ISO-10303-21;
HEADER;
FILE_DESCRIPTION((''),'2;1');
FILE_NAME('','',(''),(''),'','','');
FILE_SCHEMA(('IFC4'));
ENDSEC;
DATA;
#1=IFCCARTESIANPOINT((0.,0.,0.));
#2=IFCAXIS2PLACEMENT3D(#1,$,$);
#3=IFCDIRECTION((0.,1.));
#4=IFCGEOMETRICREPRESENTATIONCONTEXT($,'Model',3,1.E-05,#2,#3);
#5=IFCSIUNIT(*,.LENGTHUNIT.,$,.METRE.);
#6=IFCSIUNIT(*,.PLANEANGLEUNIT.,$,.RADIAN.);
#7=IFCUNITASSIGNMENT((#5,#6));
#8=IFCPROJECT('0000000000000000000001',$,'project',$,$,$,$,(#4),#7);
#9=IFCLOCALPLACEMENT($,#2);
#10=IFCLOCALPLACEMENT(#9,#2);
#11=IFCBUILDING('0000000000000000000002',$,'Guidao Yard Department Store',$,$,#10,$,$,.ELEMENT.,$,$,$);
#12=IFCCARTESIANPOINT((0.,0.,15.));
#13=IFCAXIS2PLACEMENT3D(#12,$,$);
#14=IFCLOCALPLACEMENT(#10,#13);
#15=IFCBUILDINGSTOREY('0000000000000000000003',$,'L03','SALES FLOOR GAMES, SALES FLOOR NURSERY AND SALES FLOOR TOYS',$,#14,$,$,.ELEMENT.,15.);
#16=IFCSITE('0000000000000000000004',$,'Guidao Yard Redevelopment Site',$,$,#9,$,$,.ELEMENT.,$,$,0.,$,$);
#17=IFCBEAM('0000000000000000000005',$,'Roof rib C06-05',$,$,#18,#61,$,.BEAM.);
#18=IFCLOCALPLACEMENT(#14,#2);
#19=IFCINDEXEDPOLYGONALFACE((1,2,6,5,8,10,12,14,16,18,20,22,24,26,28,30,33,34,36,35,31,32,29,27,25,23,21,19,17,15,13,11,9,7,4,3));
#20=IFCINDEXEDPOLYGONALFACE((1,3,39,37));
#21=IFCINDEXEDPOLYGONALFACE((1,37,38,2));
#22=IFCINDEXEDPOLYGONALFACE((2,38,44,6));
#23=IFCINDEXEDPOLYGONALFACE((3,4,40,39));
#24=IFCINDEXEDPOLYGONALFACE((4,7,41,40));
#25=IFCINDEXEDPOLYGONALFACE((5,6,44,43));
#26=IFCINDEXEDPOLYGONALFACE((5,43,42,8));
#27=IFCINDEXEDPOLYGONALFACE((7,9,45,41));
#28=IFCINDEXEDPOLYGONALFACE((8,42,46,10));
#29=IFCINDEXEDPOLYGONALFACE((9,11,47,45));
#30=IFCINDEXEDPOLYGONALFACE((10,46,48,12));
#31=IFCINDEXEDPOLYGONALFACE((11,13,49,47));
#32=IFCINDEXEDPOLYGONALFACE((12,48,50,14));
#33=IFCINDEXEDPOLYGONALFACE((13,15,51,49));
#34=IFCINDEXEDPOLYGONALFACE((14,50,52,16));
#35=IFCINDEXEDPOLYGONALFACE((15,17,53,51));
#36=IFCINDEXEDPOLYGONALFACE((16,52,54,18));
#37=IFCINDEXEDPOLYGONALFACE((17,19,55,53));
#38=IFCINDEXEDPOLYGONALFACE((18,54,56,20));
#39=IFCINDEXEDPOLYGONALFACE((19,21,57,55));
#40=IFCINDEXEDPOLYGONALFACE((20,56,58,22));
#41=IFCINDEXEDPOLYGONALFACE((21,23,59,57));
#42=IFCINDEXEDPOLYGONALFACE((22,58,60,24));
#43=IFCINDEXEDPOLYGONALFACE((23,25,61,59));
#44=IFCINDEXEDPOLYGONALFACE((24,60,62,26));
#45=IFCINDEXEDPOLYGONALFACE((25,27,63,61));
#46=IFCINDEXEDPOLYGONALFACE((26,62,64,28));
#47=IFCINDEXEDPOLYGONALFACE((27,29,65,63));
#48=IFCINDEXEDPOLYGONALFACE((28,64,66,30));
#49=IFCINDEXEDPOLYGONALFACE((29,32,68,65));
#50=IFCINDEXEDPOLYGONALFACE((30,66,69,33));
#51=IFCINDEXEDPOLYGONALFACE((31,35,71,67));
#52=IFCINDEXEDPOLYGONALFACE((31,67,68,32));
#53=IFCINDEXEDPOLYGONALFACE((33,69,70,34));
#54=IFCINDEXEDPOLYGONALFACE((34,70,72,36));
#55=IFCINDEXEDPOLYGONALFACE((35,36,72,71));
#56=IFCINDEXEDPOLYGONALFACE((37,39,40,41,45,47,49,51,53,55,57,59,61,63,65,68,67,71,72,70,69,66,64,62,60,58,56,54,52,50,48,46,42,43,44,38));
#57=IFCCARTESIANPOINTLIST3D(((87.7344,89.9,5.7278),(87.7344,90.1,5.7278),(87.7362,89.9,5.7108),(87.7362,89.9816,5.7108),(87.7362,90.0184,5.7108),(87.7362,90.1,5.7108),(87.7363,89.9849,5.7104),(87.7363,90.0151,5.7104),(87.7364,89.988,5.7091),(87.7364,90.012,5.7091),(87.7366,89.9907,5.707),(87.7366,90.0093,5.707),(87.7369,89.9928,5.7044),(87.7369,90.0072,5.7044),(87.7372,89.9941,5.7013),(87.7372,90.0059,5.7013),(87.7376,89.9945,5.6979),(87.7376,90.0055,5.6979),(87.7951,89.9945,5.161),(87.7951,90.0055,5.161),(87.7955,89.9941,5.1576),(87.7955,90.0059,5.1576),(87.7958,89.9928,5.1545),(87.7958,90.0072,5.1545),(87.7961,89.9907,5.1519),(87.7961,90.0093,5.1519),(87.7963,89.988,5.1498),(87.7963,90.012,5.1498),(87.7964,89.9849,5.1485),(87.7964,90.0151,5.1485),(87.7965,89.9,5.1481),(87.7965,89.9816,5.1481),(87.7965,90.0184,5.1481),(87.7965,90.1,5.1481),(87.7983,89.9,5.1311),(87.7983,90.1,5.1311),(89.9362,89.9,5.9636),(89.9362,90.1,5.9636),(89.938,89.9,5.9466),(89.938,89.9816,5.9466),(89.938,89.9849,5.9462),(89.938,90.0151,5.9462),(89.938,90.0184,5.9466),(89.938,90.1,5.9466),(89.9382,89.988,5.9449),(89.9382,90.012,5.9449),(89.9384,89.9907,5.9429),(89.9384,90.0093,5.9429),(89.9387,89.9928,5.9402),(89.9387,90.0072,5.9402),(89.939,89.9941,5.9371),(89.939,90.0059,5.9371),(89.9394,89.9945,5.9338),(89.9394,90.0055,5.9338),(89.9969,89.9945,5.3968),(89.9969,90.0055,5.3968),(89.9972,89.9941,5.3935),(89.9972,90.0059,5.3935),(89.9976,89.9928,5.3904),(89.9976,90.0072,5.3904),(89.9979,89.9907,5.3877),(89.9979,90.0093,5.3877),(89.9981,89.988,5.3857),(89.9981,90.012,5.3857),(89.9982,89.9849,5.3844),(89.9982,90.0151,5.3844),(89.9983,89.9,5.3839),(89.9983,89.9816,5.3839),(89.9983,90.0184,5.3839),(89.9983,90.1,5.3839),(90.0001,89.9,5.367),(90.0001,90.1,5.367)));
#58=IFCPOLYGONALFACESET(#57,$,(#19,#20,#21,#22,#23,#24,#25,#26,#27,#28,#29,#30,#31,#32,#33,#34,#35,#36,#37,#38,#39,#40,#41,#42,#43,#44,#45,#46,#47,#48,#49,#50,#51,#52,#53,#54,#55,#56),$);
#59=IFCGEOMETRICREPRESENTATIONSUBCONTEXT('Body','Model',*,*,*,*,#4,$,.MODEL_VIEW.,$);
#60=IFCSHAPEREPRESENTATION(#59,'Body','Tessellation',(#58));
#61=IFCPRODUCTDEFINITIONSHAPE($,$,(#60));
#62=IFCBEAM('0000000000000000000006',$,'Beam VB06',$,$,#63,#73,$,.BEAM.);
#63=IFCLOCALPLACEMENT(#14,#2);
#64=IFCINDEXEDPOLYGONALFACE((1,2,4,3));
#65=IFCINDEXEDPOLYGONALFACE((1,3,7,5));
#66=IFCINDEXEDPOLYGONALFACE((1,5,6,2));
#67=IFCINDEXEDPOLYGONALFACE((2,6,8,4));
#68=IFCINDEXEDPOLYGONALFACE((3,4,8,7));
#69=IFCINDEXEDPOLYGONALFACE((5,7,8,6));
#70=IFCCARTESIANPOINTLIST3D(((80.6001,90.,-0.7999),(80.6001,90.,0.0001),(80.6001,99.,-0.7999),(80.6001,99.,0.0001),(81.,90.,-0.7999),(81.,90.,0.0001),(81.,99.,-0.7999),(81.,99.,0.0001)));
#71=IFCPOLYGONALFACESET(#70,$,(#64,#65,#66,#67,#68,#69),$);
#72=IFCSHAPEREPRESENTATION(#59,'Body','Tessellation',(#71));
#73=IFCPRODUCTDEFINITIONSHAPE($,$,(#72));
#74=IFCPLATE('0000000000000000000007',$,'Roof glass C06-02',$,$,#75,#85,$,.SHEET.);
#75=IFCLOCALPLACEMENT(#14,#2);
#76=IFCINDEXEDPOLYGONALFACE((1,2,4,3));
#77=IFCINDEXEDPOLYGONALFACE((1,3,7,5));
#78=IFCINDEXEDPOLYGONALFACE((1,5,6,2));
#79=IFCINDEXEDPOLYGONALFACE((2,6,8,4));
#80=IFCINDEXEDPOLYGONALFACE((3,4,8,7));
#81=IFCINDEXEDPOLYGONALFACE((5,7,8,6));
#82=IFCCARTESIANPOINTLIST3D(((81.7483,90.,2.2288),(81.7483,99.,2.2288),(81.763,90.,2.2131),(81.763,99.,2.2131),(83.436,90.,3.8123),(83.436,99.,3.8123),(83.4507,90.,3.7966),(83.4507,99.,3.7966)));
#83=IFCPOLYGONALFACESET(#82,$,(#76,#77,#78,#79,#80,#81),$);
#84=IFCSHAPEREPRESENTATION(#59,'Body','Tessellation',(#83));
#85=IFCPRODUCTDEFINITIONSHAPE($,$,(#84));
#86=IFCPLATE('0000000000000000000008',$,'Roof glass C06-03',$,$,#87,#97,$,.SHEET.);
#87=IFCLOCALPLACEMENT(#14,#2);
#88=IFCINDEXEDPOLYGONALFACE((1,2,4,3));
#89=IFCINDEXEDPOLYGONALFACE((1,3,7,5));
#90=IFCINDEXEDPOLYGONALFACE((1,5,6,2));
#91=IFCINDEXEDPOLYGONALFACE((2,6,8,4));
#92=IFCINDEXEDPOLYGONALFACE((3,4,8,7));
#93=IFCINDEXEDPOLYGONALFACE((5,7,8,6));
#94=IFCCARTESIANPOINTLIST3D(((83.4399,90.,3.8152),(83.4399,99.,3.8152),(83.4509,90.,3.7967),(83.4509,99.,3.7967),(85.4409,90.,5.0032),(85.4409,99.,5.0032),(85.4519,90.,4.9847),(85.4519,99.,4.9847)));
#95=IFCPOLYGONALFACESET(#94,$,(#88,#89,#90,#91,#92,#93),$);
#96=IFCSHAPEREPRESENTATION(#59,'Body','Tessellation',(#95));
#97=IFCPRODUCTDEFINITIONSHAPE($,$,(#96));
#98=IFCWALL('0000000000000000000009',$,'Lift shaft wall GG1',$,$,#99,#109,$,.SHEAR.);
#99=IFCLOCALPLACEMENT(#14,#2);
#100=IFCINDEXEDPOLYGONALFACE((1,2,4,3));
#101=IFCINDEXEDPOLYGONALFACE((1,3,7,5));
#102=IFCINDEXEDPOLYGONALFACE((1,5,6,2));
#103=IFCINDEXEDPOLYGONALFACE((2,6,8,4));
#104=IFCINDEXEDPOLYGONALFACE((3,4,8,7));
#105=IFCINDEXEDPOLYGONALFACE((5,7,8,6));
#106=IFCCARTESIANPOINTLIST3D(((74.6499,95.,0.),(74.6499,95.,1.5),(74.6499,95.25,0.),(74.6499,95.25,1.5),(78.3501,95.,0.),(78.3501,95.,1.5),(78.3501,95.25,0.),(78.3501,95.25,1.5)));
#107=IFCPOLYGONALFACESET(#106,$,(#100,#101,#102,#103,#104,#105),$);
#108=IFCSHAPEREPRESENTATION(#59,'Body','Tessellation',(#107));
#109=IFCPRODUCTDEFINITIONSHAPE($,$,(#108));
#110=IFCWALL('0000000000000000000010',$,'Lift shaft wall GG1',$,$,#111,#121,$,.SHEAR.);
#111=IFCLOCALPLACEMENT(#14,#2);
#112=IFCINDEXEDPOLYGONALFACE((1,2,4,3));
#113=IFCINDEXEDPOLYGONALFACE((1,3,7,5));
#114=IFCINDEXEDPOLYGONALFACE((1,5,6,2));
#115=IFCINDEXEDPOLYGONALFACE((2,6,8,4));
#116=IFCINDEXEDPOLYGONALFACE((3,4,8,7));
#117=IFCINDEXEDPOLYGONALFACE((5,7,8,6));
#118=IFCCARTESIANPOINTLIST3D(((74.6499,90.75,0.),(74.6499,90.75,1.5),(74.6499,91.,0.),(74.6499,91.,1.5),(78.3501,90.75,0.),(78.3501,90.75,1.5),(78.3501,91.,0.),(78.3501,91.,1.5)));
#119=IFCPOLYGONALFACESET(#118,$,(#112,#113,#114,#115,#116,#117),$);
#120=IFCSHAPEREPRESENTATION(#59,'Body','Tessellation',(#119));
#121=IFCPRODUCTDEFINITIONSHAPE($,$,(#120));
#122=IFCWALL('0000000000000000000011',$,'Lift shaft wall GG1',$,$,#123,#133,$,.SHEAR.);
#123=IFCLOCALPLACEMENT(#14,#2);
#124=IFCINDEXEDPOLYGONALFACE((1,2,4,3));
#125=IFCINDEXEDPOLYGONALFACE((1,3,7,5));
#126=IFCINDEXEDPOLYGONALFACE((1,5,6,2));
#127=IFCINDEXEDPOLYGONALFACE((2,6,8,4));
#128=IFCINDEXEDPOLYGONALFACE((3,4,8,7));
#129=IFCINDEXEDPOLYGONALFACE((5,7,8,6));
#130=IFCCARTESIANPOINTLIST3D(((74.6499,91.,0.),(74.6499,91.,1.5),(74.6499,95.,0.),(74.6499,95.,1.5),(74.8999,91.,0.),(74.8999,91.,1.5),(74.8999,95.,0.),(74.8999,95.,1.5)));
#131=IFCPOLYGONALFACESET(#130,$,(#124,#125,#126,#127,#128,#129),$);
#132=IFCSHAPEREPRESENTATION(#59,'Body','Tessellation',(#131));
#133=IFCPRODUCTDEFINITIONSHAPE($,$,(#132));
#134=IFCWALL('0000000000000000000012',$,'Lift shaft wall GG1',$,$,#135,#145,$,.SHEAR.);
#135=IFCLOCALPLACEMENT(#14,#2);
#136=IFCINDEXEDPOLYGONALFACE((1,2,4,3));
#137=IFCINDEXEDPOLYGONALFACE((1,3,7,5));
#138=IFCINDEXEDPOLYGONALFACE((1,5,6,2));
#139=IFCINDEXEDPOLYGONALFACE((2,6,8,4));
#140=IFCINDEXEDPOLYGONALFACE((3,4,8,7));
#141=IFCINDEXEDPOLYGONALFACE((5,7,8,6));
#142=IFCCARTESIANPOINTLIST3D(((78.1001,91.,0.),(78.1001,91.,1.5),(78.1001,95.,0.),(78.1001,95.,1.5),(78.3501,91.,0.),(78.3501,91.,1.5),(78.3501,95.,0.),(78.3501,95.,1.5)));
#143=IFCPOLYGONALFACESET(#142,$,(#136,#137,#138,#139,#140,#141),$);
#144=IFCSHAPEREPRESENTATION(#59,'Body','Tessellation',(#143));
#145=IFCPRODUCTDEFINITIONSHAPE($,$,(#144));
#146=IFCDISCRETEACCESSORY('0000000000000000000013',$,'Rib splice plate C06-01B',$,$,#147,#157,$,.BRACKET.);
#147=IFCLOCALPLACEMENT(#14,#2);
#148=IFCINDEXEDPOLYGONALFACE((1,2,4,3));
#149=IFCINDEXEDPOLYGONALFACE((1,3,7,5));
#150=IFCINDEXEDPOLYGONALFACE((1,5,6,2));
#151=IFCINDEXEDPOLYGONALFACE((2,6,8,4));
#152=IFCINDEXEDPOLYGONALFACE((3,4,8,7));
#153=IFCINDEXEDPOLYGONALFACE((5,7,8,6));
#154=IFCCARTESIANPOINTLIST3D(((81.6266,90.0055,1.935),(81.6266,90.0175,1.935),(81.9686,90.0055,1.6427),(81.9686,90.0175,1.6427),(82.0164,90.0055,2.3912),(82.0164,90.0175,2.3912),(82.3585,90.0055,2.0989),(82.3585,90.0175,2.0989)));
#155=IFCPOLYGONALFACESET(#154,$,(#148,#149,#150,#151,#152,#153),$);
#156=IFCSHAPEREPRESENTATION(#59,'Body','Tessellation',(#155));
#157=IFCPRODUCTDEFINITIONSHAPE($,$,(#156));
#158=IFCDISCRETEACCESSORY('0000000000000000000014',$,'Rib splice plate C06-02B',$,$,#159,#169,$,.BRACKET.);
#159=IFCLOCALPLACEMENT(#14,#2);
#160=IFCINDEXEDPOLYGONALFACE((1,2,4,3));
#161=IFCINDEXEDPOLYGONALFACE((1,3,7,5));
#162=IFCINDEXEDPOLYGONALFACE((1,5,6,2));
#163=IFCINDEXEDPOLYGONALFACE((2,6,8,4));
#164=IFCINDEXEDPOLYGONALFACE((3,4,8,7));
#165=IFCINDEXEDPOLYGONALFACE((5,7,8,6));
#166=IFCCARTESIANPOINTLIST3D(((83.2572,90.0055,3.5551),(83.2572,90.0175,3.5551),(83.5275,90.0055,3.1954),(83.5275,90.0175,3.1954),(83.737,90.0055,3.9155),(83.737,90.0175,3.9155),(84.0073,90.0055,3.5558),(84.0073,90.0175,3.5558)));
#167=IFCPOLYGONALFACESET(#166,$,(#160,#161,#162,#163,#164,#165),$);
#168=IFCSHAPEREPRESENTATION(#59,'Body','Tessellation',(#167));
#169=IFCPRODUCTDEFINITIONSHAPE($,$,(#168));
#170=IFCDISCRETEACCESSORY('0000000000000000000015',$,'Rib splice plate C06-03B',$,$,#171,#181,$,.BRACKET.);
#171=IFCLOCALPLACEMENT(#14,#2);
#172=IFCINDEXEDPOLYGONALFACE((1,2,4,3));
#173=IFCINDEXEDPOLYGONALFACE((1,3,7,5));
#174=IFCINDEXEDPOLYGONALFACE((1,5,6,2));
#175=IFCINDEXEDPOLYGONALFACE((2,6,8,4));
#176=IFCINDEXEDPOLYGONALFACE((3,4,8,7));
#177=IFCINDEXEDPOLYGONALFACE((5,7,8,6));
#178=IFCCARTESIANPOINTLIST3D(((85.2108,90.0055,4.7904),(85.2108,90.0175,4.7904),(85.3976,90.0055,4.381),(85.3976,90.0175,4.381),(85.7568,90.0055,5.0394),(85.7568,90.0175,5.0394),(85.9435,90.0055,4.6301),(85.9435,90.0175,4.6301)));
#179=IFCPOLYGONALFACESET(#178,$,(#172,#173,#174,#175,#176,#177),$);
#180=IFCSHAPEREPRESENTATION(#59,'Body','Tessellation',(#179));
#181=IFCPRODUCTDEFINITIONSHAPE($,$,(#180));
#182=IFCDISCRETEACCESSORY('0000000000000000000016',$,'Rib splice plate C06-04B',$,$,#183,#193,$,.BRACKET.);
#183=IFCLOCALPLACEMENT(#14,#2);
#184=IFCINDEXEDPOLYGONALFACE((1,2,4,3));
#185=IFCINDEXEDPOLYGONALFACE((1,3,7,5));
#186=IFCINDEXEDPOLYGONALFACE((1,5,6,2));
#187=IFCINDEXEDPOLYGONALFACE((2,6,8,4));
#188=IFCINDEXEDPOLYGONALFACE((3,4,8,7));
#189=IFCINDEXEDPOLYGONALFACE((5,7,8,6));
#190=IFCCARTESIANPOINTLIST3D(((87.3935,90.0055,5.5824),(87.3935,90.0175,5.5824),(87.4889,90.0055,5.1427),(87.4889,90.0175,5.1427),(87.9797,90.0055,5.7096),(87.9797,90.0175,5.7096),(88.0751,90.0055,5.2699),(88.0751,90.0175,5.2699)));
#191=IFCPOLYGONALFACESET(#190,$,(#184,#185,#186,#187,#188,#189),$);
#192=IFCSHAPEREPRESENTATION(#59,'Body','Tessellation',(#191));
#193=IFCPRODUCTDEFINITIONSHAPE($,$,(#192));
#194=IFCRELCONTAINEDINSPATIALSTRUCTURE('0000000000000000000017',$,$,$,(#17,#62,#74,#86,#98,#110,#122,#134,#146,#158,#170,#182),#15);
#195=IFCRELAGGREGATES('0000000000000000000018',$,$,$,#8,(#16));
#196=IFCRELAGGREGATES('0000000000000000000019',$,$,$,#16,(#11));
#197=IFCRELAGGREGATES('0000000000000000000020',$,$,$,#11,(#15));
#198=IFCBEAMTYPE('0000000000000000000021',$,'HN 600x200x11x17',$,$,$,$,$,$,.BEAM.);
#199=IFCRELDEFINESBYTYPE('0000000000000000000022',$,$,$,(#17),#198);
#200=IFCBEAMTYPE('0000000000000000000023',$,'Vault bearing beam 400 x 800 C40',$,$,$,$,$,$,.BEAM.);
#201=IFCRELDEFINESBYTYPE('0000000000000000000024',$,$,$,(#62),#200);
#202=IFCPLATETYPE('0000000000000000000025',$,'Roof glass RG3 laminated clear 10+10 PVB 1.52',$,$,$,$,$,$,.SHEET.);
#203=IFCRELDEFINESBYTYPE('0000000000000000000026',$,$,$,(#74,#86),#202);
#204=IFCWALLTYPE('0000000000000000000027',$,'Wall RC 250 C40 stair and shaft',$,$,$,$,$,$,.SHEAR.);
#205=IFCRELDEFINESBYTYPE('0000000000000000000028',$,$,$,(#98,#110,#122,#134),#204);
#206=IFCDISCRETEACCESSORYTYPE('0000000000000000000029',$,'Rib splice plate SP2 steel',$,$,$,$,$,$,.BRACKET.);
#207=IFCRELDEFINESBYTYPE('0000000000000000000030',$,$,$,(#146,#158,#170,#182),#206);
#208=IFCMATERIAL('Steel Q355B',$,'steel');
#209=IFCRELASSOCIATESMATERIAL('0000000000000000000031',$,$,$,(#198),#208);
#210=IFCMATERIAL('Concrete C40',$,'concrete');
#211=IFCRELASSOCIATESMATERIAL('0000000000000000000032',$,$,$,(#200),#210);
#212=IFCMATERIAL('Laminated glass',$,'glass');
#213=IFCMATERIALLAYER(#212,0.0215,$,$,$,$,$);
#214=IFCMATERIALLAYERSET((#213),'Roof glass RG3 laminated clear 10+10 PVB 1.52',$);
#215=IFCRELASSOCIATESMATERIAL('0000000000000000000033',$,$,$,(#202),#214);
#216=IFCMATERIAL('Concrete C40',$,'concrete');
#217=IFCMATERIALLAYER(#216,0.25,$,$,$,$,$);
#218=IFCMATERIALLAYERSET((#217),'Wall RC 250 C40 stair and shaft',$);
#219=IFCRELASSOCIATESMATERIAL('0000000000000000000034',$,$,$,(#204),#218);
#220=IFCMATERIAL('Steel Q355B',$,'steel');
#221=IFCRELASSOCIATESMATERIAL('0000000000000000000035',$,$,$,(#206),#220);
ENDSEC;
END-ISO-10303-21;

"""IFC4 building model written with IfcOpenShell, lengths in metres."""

from ifc_helpers import new_model, si_unit, direction, frame, frame_2d, origin, origin_2d, place, context, subcontext, project, spatial, polyline, rectangle, i_section, outline, extrude, material, layer, layer_set, material_profile, profile_set, type_object, element, save


model = new_model("IFC4")

# Units and contexts
model_context = context("Model", 3, precision=1e-05, world=origin(), true_north=direction((0.0, 1.0)))
body_context = subcontext(model_context, "Body", "Model", "MODEL_VIEW")
ifc_project = project(units=[si_unit("LENGTHUNIT", "METRE"), si_unit("PLANEANGLEUNIT", "RADIAN")], contexts=[model_context])

# Site, building, storey
site_placement = place(None, origin())
site = spatial("IfcSite", under=ifc_project, at=site_placement, Name="Guidao Yard Redevelopment Site", CompositionType="ELEMENT", RefElevation=0.0)
building_placement = place(site_placement, origin())
building = spatial("IfcBuilding", under=site, at=building_placement, Name="Guidao Yard Department Store", CompositionType="ELEMENT")
storey_placement = place(building_placement, frame((0.0, 0.0, 15.0)))
storey = spatial("IfcBuildingStorey", under=building, at=storey_placement, Name="L03", Description="SALES FLOOR GAMES, SALES FLOOR NURSERY AND SALES FLOOR TOYS", CompositionType="ELEMENT", Elevation=15.0)

# Beams
ifc_material_1 = material(Name="Steel Q355B", Category="steel")
ifc_material_profile_1 = material_profile(ifc_material_1, i_section(OverallWidth=0.2, OverallDepth=0.6001, WebThickness=0.011, FlangeThickness=0.0171, FilletRadius=0.0129, at=origin_2d()), Name="HN 600x200x11x17")
ifc_profile_set_1 = profile_set([ifc_material_profile_1], Name="Steel Q355B")
beam_type_1 = type_object("IfcBeamType", Name="HN 600x200x11x17", PredefinedType="BEAM", material=ifc_profile_set_1)
beam_1_placement = place(storey_placement, frame((87.7664, 90.0, 5.4294), z_axis=(0.994312, 0.0, 0.10651), x_axis=(0.0, 1.0, 0.0)))
element("IfcBeam", 1, at=beam_1_placement, inside=storey, type_object=beam_type_1, Name="Roof rib C06-05", PredefinedType="BEAM", context=body_context, shape_type="SweptSolid", body=[
    extrude(i_section(OverallWidth=0.2, OverallDepth=0.6001, WebThickness=0.011, FlangeThickness=0.0171, FilletRadius=0.0129, at=origin_2d()), origin(), (0.0, 0.0, 1.0), 2.2144),
])
ifc_material_2 = material(Name="Concrete C40", Category="concrete")
ifc_material_profile_2 = material_profile(ifc_material_2, rectangle(XDim=0.3999, YDim=0.8, at=origin_2d()), Name="Vault bearing beam 400 x 800 C40")
ifc_profile_set_2 = profile_set([ifc_material_profile_2], Name="Concrete C40")
beam_type_2 = type_object("IfcBeamType", Name="Vault bearing beam 400 x 800 C40", PredefinedType="BEAM", material=ifc_profile_set_2)
beam_2_placement = place(storey_placement, frame((80.8, 90.0, -0.3999), z_axis=(0.0, 1.0, 0.0), x_axis=(-1.0, 0.0, 0.0)))
element("IfcBeam", 2, at=beam_2_placement, inside=storey, type_object=beam_type_2, Name="Beam VB06", PredefinedType="BEAM", context=body_context, shape_type="SweptSolid", body=[
    extrude(rectangle(XDim=0.3999, YDim=0.8, at=origin_2d()), origin(), (0.0, 0.0, 1.0), 9.0),
])

# Plates
ifc_material_3 = material(Name="Laminated glass", Category="glass")
ifc_layer_1 = layer(ifc_material_3, 0.0215)
ifc_layer_set_1 = layer_set([ifc_layer_1], Name="Roof glass RG3 laminated clear 10+10 PVB 1.52")
plate_type = type_object("IfcPlateType", Name="Roof glass RG3 laminated clear 10+10 PVB 1.52", PredefinedType="SHEET", material=ifc_layer_set_1)
plate_1_placement = place(storey_placement, frame((81.7483, 90.0, 2.2288), z_axis=(-0.684225, 0.0, 0.729271), x_axis=(0.729271, 0.0, 0.684225)))
element("IfcPlate", 3, at=plate_1_placement, inside=storey, type_object=plate_type, Name="Roof glass C06-02", PredefinedType="SHEET", context=body_context, shape_type="SweptSolid", body=[
    extrude(outline(polyline([(0.0, 0.0), (2.3143, 0.0), (2.3143, 9.0), (0.0, 9.0), (0.0, 0.0)])), origin(), (0.0, 0.0, -1.0), 0.0215),
])
plate_2_placement = place(storey_placement, frame((83.4399, 90.0, 3.8152), z_axis=(-0.51051, 0.0, 0.859872), x_axis=(0.859872, 0.0, 0.51051)))
element("IfcPlate", 4, at=plate_2_placement, inside=storey, type_object=plate_type, Name="Roof glass C06-03", PredefinedType="SHEET", context=body_context, shape_type="SweptSolid", body=[
    extrude(outline(polyline([(0.0, 0.0), (2.3271, 0.0), (2.3271, 9.0), (0.0, 9.0), (0.0, 0.0)])), origin(), (0.0, 0.0, -1.0), 0.0215),
])

# Walls
ifc_material_4 = material(Name="Concrete C40", Category="concrete")
ifc_layer_2 = layer(ifc_material_4, 0.25)
ifc_layer_set_2 = layer_set([ifc_layer_2], Name="Wall RC 250 C40 stair and shaft")
wall_type = type_object("IfcWallType", Name="Wall RC 250 C40 stair and shaft", PredefinedType="SHEAR", material=ifc_layer_set_2)
for number, where, z_axis, x_axis, name in (
    (5, (74.6499, 95.125, 0.0), (0.0, 0.0, 1.0), (1.0, 0.0, 0.0), "Lift shaft wall GG1"),
    (6, (74.6499, 90.875, 0.0), (0.0, 0.0, 1.0), (1.0, 0.0, 0.0), "Lift shaft wall GG1"),
):
    element("IfcWall", number, at=place(storey_placement, frame(where, z_axis=z_axis, x_axis=x_axis)), inside=storey, type_object=wall_type, Name=name, PredefinedType="SHEAR", context=body_context, shape_type="SweptSolid", body=[
        extrude(rectangle(XDim=3.7002, YDim=0.25, at=frame_2d((1.8501, 0.0))), origin(), (0.0, 0.0, 1.0), 1.5),
    ])
for number, where, z_axis, x_axis, name in (
    (7, (74.7749, 91.0, 0.0), (0.0, 0.0, 1.0), (0.0, 1.0, 0.0), "Lift shaft wall GG1"),
    (8, (78.2251, 91.0, 0.0), (0.0, 0.0, 1.0), (0.0, 1.0, 0.0), "Lift shaft wall GG1"),
):
    element("IfcWall", number, at=place(storey_placement, frame(where, z_axis=z_axis, x_axis=x_axis)), inside=storey, type_object=wall_type, Name=name, PredefinedType="SHEAR", context=body_context, shape_type="SweptSolid", body=[
        extrude(rectangle(XDim=4.0, YDim=0.25, at=frame_2d((2.0, 0.0))), origin(), (0.0, 0.0, 1.0), 1.5),
    ])

# Discrete accessories
ifc_material_5 = material(Name="Steel Q355B", Category="steel")
ifc_material_profile_3 = material_profile(ifc_material_5, rectangle(XDim=0.012, YDim=0.45, at=origin_2d()), Name="Splice plate 450x12")
ifc_profile_set_3 = profile_set([ifc_material_profile_3], Name="Steel Q355B")
discrete_accessory_type_1 = type_object("IfcDiscreteAccessoryType", Name="Rib splice plate SP2 steel", PredefinedType="BRACKET", material=ifc_profile_set_3)
for number, where, z_axis, x_axis, name in (
    (9, (81.7976, 90.0115, 1.7888), (0.649618, 0.0, 0.760261), (0.0, 1.0, 0.0), "Rib splice plate C06-01B"),
    (10, (83.3923, 90.0115, 3.3752), (0.79956, 0.0, 0.600586), (0.0, 1.0, 0.0), "Rib splice plate C06-02B"),
    (11, (85.3042, 90.0115, 4.5857), (0.909808, 0.0, 0.415029), (0.0, 1.0, 0.0), "Rib splice plate C06-03B"),
):
    element("IfcDiscreteAccessory", number, at=place(storey_placement, frame(where, z_axis=z_axis, x_axis=x_axis)), inside=storey, type_object=discrete_accessory_type_1, Name=name, PredefinedType="BRACKET", context=body_context, shape_type="SweptSolid", body=[
        extrude(rectangle(XDim=0.012, YDim=0.45, at=origin_2d()), origin(), (0.0, 0.0, 1.0), 0.6001),
    ])
discrete_accessory_1_placement = place(storey_placement, frame((87.4412, 90.0115, 5.3625), z_axis=(0.977257, 0.0, 0.212058), x_axis=(0.0, 1.0, 0.0)))
element("IfcDiscreteAccessory", 12, at=discrete_accessory_1_placement, inside=storey, type_object=discrete_accessory_type_1, Name="Rib splice plate C06-04B", PredefinedType="BRACKET", context=body_context, shape_type="SweptSolid", body=[
    extrude(rectangle(XDim=0.012, YDim=0.45, at=origin_2d()), origin(), (0.0, 0.0, 1.0), 0.5999),
])

save(model, "model.ifc")
